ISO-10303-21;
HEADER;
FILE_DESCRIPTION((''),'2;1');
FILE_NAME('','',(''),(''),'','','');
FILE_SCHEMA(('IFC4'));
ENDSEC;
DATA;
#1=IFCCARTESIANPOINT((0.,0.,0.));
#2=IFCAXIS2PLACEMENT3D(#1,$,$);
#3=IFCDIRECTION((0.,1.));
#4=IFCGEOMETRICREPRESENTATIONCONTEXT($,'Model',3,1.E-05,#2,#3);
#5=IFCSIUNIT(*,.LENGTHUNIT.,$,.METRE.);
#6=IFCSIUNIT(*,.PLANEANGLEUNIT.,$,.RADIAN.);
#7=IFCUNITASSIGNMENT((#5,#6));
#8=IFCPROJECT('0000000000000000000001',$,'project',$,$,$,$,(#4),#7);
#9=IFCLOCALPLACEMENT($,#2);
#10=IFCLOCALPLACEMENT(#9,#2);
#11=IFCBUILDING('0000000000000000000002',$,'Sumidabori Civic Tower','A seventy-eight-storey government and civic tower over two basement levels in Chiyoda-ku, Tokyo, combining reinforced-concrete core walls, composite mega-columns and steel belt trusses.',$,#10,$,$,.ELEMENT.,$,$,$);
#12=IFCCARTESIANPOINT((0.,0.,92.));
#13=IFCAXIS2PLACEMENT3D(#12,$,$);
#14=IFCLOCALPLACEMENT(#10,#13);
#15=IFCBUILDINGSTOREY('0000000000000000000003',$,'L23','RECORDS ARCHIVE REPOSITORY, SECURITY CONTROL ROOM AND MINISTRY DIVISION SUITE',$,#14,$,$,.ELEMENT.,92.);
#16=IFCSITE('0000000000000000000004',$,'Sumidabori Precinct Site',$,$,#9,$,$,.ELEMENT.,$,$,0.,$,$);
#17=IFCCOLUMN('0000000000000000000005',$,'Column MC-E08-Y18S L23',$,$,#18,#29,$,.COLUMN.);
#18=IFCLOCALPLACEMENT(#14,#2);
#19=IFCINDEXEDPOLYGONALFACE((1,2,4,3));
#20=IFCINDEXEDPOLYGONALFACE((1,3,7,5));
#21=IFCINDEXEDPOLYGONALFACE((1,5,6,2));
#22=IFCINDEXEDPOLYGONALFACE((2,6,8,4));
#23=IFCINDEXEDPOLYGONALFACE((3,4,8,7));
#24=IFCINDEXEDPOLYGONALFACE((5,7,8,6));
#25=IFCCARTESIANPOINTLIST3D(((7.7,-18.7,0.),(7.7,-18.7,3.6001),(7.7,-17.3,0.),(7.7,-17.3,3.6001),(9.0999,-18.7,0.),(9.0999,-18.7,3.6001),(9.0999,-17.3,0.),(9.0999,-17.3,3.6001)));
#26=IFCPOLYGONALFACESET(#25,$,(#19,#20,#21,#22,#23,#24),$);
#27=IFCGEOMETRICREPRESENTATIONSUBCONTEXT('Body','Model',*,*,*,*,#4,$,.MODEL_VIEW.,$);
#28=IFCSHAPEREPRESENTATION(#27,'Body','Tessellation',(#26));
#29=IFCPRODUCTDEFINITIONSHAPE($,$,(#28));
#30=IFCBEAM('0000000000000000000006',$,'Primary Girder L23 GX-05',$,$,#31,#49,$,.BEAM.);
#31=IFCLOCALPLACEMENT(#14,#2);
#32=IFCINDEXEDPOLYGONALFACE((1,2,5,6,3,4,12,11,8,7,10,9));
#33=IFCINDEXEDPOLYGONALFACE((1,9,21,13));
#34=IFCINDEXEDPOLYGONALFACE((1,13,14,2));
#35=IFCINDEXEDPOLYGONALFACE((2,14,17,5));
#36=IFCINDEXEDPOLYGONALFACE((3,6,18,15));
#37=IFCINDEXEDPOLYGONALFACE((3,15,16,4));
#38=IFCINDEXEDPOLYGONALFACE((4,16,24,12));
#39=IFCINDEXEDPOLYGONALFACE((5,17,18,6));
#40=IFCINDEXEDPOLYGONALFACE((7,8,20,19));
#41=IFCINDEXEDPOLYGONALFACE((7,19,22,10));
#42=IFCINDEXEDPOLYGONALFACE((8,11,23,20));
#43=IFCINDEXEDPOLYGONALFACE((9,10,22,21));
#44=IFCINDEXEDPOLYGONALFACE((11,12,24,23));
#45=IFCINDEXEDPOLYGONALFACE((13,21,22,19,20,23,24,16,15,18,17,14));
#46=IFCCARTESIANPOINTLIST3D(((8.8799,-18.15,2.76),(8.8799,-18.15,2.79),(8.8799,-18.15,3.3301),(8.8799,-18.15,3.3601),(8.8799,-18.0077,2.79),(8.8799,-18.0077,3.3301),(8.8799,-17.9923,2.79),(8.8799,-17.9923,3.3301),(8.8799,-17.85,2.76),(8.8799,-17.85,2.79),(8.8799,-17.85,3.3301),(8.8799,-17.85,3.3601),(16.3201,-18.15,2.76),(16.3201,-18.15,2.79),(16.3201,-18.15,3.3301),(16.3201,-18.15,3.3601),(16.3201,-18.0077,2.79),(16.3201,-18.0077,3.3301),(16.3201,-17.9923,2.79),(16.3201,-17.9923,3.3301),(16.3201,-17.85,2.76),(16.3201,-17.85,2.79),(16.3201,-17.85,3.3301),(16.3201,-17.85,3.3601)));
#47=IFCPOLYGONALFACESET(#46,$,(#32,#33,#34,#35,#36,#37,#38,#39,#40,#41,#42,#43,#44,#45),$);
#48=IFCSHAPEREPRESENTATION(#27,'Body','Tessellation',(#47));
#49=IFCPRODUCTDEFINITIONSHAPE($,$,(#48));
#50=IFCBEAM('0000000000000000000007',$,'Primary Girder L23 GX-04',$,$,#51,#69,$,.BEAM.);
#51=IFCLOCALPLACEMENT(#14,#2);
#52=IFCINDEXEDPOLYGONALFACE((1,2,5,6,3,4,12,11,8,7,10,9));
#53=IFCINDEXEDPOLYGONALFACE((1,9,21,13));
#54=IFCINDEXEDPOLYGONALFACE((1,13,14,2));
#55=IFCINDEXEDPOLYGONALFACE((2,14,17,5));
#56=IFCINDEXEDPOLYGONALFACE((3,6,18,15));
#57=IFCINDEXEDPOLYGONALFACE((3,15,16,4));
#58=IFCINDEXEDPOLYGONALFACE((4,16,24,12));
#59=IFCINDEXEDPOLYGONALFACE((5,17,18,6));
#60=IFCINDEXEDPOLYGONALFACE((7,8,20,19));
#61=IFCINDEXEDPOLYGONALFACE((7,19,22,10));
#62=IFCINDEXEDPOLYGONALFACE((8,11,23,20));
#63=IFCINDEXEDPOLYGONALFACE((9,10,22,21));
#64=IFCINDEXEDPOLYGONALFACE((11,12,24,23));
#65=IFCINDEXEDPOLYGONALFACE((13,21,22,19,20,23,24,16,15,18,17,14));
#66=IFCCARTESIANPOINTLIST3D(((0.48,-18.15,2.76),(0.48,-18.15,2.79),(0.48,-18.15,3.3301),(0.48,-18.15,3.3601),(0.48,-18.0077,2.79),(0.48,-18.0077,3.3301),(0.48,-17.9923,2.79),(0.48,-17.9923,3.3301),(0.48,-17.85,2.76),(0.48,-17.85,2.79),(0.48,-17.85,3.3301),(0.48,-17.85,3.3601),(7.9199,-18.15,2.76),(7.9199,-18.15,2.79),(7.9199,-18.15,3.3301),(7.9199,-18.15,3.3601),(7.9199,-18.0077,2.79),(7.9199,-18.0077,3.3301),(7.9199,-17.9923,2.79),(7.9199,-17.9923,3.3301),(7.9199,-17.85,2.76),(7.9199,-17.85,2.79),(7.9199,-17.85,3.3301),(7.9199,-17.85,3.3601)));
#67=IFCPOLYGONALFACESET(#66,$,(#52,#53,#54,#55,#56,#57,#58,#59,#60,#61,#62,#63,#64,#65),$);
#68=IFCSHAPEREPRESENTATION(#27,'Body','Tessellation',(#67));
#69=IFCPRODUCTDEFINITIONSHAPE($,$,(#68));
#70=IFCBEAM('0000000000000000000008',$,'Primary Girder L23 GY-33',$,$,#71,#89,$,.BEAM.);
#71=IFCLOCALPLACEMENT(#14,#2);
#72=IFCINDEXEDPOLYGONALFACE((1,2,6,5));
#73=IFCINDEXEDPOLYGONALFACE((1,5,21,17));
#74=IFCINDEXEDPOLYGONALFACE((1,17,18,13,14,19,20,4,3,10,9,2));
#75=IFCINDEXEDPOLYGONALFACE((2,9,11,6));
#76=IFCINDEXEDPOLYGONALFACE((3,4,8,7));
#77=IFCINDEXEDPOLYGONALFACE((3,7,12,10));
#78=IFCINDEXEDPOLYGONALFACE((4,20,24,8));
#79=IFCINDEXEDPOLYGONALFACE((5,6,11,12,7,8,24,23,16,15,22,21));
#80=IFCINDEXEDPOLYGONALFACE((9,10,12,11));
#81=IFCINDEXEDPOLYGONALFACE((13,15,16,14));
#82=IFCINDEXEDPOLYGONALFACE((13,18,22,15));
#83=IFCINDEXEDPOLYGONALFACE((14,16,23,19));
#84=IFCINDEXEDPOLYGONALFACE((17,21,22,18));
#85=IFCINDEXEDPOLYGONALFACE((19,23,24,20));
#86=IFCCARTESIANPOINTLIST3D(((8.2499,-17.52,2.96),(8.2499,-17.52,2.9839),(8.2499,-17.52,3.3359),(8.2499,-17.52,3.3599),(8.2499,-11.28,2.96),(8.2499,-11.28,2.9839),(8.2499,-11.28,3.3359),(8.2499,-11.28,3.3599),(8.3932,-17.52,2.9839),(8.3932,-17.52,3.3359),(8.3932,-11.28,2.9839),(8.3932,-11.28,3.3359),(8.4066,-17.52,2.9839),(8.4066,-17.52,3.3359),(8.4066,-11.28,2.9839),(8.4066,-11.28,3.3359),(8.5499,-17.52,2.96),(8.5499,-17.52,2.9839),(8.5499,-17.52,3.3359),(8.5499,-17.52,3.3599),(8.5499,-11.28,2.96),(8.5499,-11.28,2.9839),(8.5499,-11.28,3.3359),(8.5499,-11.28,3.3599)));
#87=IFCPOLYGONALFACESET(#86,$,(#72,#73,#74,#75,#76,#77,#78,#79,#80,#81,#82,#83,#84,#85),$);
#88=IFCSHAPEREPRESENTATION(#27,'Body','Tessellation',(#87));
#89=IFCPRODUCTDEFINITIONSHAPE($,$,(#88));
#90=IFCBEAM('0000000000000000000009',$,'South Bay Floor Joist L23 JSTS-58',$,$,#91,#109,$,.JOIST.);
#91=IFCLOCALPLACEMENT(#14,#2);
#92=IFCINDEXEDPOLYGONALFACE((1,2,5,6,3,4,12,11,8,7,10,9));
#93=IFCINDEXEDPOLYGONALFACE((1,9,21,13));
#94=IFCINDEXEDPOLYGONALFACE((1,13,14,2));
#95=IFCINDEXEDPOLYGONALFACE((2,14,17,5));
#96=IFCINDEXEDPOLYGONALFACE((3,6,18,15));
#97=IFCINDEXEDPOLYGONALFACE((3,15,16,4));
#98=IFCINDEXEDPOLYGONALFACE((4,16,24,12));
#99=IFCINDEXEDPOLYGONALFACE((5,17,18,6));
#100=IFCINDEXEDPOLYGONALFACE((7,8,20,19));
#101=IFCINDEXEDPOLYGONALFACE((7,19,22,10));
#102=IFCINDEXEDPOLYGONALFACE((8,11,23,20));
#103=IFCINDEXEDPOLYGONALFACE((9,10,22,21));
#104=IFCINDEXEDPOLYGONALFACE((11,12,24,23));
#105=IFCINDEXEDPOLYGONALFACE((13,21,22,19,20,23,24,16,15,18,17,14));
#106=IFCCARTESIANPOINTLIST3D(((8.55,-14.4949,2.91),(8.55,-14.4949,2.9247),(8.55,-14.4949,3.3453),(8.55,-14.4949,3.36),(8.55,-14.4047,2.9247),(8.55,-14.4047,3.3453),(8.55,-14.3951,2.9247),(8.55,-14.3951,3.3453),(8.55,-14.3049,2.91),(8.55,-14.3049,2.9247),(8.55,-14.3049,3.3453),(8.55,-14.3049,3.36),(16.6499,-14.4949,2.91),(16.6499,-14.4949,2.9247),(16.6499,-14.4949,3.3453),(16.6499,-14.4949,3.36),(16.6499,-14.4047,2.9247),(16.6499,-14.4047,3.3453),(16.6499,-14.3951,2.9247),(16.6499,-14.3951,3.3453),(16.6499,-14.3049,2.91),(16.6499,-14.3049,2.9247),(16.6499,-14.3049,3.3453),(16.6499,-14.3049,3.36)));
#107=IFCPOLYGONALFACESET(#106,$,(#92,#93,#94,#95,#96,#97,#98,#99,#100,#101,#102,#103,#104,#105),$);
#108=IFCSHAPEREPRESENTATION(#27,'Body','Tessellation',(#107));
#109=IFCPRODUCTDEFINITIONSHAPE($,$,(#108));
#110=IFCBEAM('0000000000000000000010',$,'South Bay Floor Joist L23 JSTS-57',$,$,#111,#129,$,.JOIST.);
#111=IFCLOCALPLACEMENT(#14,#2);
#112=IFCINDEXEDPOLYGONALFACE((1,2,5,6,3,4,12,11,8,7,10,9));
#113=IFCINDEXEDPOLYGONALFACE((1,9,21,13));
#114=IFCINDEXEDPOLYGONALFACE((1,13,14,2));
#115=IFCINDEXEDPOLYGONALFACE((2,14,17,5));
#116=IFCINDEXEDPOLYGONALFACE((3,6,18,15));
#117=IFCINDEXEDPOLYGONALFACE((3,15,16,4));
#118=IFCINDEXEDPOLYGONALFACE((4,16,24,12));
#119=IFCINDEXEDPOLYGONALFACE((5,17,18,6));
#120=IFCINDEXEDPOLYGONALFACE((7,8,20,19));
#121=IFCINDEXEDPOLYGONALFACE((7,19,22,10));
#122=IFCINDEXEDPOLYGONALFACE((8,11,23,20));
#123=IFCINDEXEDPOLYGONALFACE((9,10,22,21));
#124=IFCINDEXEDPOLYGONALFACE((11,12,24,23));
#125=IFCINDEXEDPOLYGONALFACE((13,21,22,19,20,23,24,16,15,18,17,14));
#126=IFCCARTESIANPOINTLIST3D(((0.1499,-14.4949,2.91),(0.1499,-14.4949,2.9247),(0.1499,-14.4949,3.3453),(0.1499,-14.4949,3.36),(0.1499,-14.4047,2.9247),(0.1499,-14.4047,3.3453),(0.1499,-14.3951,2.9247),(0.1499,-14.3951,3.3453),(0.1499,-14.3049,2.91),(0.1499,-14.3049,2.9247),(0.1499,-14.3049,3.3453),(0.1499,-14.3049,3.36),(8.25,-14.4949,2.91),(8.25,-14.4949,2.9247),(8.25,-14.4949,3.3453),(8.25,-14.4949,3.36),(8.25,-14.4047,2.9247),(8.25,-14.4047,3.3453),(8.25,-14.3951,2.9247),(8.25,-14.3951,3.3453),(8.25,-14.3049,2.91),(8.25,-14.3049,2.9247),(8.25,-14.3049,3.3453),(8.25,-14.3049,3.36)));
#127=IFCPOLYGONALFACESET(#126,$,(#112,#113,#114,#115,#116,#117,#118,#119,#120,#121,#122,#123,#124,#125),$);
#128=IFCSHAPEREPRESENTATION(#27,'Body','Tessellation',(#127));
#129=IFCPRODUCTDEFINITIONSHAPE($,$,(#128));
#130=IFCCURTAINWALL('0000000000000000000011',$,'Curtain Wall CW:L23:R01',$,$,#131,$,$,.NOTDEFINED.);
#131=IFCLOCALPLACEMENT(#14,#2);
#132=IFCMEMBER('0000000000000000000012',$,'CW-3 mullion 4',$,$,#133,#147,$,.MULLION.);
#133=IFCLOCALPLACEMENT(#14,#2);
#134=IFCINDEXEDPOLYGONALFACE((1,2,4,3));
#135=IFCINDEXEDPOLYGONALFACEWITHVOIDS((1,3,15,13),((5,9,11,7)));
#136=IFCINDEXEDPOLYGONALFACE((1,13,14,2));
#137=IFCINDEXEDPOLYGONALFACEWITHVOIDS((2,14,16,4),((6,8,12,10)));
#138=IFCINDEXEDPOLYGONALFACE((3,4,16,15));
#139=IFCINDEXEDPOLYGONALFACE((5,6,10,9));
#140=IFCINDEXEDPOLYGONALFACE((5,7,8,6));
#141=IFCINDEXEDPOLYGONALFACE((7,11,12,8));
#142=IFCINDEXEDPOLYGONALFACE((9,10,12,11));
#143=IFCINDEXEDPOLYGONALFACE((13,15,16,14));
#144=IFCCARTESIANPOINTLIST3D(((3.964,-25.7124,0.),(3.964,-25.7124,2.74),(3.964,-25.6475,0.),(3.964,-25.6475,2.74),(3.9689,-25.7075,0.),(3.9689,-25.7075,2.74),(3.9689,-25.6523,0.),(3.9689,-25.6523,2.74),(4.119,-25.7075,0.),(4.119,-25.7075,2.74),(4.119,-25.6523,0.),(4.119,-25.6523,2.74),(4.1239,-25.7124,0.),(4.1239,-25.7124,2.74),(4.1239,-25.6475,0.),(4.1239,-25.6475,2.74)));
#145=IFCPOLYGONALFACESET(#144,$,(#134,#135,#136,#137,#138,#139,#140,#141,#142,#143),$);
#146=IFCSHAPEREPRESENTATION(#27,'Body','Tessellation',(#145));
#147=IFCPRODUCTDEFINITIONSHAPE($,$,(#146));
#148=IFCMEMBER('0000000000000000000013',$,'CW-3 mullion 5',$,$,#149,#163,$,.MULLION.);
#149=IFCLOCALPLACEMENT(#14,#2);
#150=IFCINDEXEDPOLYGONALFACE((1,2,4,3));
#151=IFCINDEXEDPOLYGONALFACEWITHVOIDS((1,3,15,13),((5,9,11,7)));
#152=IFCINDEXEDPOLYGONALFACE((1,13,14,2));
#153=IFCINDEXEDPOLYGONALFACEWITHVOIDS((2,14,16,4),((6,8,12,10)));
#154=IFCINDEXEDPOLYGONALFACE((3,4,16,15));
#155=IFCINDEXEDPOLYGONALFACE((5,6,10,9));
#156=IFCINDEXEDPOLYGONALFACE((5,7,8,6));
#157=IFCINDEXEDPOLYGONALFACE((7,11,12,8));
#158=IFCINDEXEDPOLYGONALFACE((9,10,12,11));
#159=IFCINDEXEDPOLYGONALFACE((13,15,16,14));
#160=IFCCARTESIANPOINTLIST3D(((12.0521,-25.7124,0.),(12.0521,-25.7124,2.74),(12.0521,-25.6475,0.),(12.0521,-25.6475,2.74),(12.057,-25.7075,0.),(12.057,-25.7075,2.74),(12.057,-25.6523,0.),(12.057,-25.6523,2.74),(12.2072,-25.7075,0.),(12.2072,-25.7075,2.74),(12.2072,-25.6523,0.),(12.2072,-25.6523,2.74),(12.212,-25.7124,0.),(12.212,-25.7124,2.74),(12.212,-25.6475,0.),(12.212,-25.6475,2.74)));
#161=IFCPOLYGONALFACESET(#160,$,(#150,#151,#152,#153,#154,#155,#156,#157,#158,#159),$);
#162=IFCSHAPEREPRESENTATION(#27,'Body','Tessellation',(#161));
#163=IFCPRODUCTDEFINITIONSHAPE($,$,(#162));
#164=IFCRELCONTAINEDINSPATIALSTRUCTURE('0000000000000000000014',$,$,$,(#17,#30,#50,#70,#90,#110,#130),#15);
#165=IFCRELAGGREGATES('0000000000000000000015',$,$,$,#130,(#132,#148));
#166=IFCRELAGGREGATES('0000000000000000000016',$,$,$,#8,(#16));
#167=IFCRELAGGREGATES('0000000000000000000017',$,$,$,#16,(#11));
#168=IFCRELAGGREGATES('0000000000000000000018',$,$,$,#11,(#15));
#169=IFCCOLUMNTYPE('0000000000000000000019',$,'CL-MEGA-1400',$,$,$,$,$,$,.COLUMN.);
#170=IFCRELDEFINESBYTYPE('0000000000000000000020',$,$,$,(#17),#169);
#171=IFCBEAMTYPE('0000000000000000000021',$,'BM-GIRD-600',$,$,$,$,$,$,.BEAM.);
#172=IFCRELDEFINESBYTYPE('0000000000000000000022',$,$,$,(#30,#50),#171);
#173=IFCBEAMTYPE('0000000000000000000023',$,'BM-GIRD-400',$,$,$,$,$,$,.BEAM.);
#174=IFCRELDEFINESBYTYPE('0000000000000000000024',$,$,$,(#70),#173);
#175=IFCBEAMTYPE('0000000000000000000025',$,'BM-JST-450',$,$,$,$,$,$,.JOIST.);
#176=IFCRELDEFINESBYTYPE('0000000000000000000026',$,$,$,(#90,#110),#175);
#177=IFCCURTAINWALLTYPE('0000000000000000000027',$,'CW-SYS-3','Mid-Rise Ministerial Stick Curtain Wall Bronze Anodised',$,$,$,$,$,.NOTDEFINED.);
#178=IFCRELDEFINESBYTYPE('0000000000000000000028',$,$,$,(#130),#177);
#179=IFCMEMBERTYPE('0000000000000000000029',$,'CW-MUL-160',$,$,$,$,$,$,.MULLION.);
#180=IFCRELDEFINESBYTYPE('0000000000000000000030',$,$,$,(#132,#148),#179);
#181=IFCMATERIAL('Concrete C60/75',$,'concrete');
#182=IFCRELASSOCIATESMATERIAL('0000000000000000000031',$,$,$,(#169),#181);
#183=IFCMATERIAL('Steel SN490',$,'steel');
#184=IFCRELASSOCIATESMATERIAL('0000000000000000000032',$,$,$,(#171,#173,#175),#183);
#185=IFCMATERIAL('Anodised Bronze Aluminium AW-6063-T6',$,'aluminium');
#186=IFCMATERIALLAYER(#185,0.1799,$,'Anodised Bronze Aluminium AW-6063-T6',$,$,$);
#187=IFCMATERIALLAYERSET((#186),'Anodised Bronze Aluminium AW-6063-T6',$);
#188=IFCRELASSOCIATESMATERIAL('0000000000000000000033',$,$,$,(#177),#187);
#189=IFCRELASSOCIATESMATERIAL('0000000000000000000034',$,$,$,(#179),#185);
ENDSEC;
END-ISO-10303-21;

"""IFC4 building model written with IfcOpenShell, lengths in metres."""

from ifc_helpers import new_model, si_unit, direction, frame, origin, origin_2d, place, context, subcontext, project, spatial, rectangle, hollow_rectangle, i_section, extrude, source, transform, mapped, material, layer, layer_set, material_profile, profile_set, type_object, element, aggregate, save


model = new_model("IFC4")

# Units and contexts
model_context = context("Model", 3, precision=1e-05, world=origin(), true_north=direction((0.0, 1.0)))
body_context = subcontext(model_context, "Body", "Model", "MODEL_VIEW")
ifc_project = project(units=[si_unit("LENGTHUNIT", "METRE"), si_unit("PLANEANGLEUNIT", "RADIAN")], contexts=[model_context])

# Site, building, storey
site_placement = place(None, origin())
site = spatial("IfcSite", under=ifc_project, at=site_placement, Name="Sumidabori Precinct Site", CompositionType="ELEMENT", RefElevation=0.0)
building_placement = place(site_placement, origin())
building = spatial("IfcBuilding", under=site, at=building_placement, Name="Sumidabori Civic Tower", Description="A seventy-eight-storey government and civic tower over two basement levels in Chiyoda-ku, Tokyo, combining reinforced-concrete core walls, composite mega-columns and steel belt trusses.", CompositionType="ELEMENT")
storey_placement = place(building_placement, frame((0.0, 0.0, 92.0)))
storey = spatial("IfcBuildingStorey", under=building, at=storey_placement, Name="L23", Description="RECORDS ARCHIVE REPOSITORY, SECURITY CONTROL ROOM AND MINISTRY DIVISION SUITE", CompositionType="ELEMENT", Elevation=92.0)

# Column
ifc_material_1 = material(Name="Concrete C60/75", Category="concrete")
ifc_material_profile_1 = material_profile(ifc_material_1, rectangle(XDim=1.3999, YDim=1.3999, at=origin_2d()), Name="RC 1400x1400")
ifc_profile_set_1 = profile_set([ifc_material_profile_1], Name="Concrete C60/75")
column_type = type_object("IfcColumnType", Name="CL-MEGA-1400", PredefinedType="COLUMN", material=ifc_profile_set_1)
shared_shape_1 = source(origin(), body_context, "Body", "SweptSolid", [
    extrude(rectangle(XDim=1.3999, YDim=1.3999, at=origin_2d()), origin(), (0.0, 0.0, 1.0), 3.6001),
])
column_placement = place(storey_placement, frame((8.3999, -18.0, 0.0), z_axis=(0.0, 0.0, 1.0), x_axis=(1.0, 0.0, 0.0)))
element("IfcColumn", 1, at=column_placement, inside=storey, type_object=column_type, Name="Column MC-E08-Y18S L23", PredefinedType="COLUMN", context=body_context, shape_type="MappedRepresentation", body=[
    mapped(shared_shape_1, transform((0.0, 0.0, 0.0), x_axis=(1.0, 0.0, 0.0), y_axis=(0.0, 1.0, 0.0), z_axis=(0.0, 0.0, 1.0), scale=1.0)),
])

# Beams
ifc_material_2 = material(Name="Steel SN490", Category="steel")
ifc_material_profile_2 = material_profile(ifc_material_2, i_section(OverallWidth=0.3, OverallDepth=0.6001, WebThickness=0.0154, FlangeThickness=0.03, at=origin_2d()), Name="HE 600 B")
ifc_profile_set_2 = profile_set([ifc_material_profile_2], Name="Steel SN490")
beam_type_1 = type_object("IfcBeamType", Name="BM-GIRD-600", PredefinedType="BEAM", material=ifc_profile_set_2)
shared_shape_2 = source(origin(), body_context, "Body", "SweptSolid", [
    extrude(i_section(OverallWidth=0.3, OverallDepth=0.6001, WebThickness=0.0154, FlangeThickness=0.03, at=origin_2d()), origin(), (0.0, 0.0, 1.0), 7.4402),
])
beam_1_placement = place(storey_placement, frame((8.8799, -18.0, 3.0601), z_axis=(1.0, 0.0, 0.0), x_axis=(0.0, 1.0, 0.0)))
element("IfcBeam", 2, at=beam_1_placement, inside=storey, type_object=beam_type_1, Name="Primary Girder L23 GX-05", PredefinedType="BEAM", context=body_context, shape_type="MappedRepresentation", body=[
    mapped(shared_shape_2, transform((0.0, 0.0, 0.0), x_axis=(1.0, 0.0, 0.0), y_axis=(0.0, 1.0, 0.0), z_axis=(0.0, 0.0, 1.0), scale=1.0)),
])
shared_shape_3 = source(origin(), body_context, "Body", "SweptSolid", [
    extrude(i_section(OverallWidth=0.3, OverallDepth=0.6001, WebThickness=0.0154, FlangeThickness=0.03, at=origin_2d()), origin(), (0.0, 0.0, 1.0), 7.4399),
])
beam_2_placement = place(storey_placement, frame((0.48, -18.0, 3.0601), z_axis=(1.0, 0.0, 0.0), x_axis=(0.0, 1.0, 0.0)))
element("IfcBeam", 3, at=beam_2_placement, inside=storey, type_object=beam_type_1, Name="Primary Girder L23 GX-04", PredefinedType="BEAM", context=body_context, shape_type="MappedRepresentation", body=[
    mapped(shared_shape_3, transform((0.0, 0.0, 0.0), x_axis=(1.0, 0.0, 0.0), y_axis=(0.0, 1.0, 0.0), z_axis=(0.0, 0.0, 1.0), scale=1.0)),
])
ifc_material_profile_3 = material_profile(ifc_material_2, i_section(OverallWidth=0.3, OverallDepth=0.3999, WebThickness=0.0134, FlangeThickness=0.0239, at=origin_2d()), Name="HE 400 B")
ifc_profile_set_3 = profile_set([ifc_material_profile_3], Name="Steel SN490")
beam_type_2 = type_object("IfcBeamType", Name="BM-GIRD-400", PredefinedType="BEAM", material=ifc_profile_set_3)
shared_shape_4 = source(origin(), body_context, "Body", "SweptSolid", [
    extrude(i_section(OverallWidth=0.3, OverallDepth=0.3999, WebThickness=0.0134, FlangeThickness=0.0239, at=origin_2d()), origin(), (0.0, 0.0, 1.0), 6.24),
])
beam_3_placement = place(storey_placement, frame((8.3999, -17.52, 3.1599), z_axis=(0.0, 1.0, 0.0), x_axis=(-1.0, 0.0, 0.0)))
element("IfcBeam", 4, at=beam_3_placement, inside=storey, type_object=beam_type_2, Name="Primary Girder L23 GY-33", PredefinedType="BEAM", context=body_context, shape_type="MappedRepresentation", body=[
    mapped(shared_shape_4, transform((0.0, 0.0, 0.0), x_axis=(1.0, 0.0, 0.0), y_axis=(0.0, 1.0, 0.0), z_axis=(0.0, 0.0, 1.0), scale=1.0)),
])
ifc_material_profile_4 = material_profile(ifc_material_2, i_section(OverallWidth=0.1899, OverallDepth=0.45, WebThickness=0.0095, FlangeThickness=0.0146, at=origin_2d()), Name="IPE 450")
ifc_profile_set_4 = profile_set([ifc_material_profile_4], Name="Steel SN490")
beam_type_3 = type_object("IfcBeamType", Name="BM-JST-450", PredefinedType="JOIST", material=ifc_profile_set_4)
shared_shape_5 = source(origin(), body_context, "Body", "SweptSolid", [
    extrude(i_section(OverallWidth=0.1899, OverallDepth=0.45, WebThickness=0.0095, FlangeThickness=0.0146, at=origin_2d()), origin(), (0.0, 0.0, 1.0), 8.0999),
])
beam_4_placement = place(storey_placement, frame((8.55, -14.3999, 3.135), z_axis=(1.0, 0.0, 0.0), x_axis=(0.0, 1.0, 0.0)))
element("IfcBeam", 5, at=beam_4_placement, inside=storey, type_object=beam_type_3, Name="South Bay Floor Joist L23 JSTS-58", PredefinedType="JOIST", context=body_context, shape_type="MappedRepresentation", body=[
    mapped(shared_shape_5, transform((0.0, 0.0, 0.0), x_axis=(1.0, 0.0, 0.0), y_axis=(0.0, 1.0, 0.0), z_axis=(0.0, 0.0, 1.0), scale=1.0)),
])
shared_shape_6 = source(origin(), body_context, "Body", "SweptSolid", [
    extrude(i_section(OverallWidth=0.1899, OverallDepth=0.45, WebThickness=0.0095, FlangeThickness=0.0146, at=origin_2d()), origin(), (0.0, 0.0, 1.0), 8.1001),
])
beam_5_placement = place(storey_placement, frame((0.1499, -14.3999, 3.135), z_axis=(1.0, 0.0, 0.0), x_axis=(0.0, 1.0, 0.0)))
element("IfcBeam", 6, at=beam_5_placement, inside=storey, type_object=beam_type_3, Name="South Bay Floor Joist L23 JSTS-57", PredefinedType="JOIST", context=body_context, shape_type="MappedRepresentation", body=[
    mapped(shared_shape_6, transform((0.0, 0.0, 0.0), x_axis=(1.0, 0.0, 0.0), y_axis=(0.0, 1.0, 0.0), z_axis=(0.0, 0.0, 1.0), scale=1.0)),
])

# Curtain wall, members
ifc_material_3 = material(Name="Anodised Bronze Aluminium AW-6063-T6", Category="aluminium")
ifc_layer_1 = layer(ifc_material_3, 0.1799, Name="Anodised Bronze Aluminium AW-6063-T6")
ifc_layer_set_1 = layer_set([ifc_layer_1], Name="Anodised Bronze Aluminium AW-6063-T6")
curtain_wall_type = type_object("IfcCurtainWallType", Name="CW-SYS-3", Description="Mid-Rise Ministerial Stick Curtain Wall Bronze Anodised", PredefinedType="NOTDEFINED", material=ifc_layer_set_1)
curtain_wall_placement = place(storey_placement, origin())
curtain_wall = element("IfcCurtainWall", 7, at=curtain_wall_placement, inside=storey, type_object=curtain_wall_type, Name="Curtain Wall CW:L23:R01", PredefinedType="NOTDEFINED")
ifc_material_profile_5 = material_profile(ifc_material_3, hollow_rectangle(XDim=0.0649, YDim=0.1599, WallThickness=0.0049, at=origin_2d()), Name="ALU MULLION 160x65")
ifc_profile_set_5 = profile_set([ifc_material_profile_5], Name="Anodised Bronze Aluminium AW-6063-T6")
member_type_1 = type_object("IfcMemberType", Name="CW-MUL-160", PredefinedType="MULLION", material=ifc_profile_set_5)
shared_shape_7 = source(origin(), body_context, "Body", "SweptSolid", [
    extrude(hollow_rectangle(XDim=0.0649, YDim=0.1599, WallThickness=0.0049, at=origin_2d()), origin(), (0.0, 0.0, 1.0), 2.74),
])
member_1_placement = place(storey_placement, frame((4.0439, -25.6799, 0.0), z_axis=(0.0, 0.0, 1.0), x_axis=(0.0, 1.0, 0.0)))
member_1 = element("IfcMember", 8, at=member_1_placement, type_object=member_type_1, Name="CW-3 mullion 4", PredefinedType="MULLION", context=body_context, shape_type="MappedRepresentation", body=[
    mapped(shared_shape_7, transform((0.0, 0.0, 0.0), x_axis=(1.0, 0.0, 0.0), y_axis=(0.0, 1.0, 0.0), z_axis=(0.0, 0.0, 1.0), scale=1.0)),
])
member_2_placement = place(storey_placement, frame((12.1321, -25.6799, 0.0), z_axis=(0.0, 0.0, 1.0), x_axis=(0.0, 1.0, 0.0)))
member_2 = element("IfcMember", 9, at=member_2_placement, type_object=member_type_1, Name="CW-3 mullion 5", PredefinedType="MULLION", context=body_context, shape_type="MappedRepresentation", body=[
    mapped(shared_shape_7, transform((0.0, 0.0, 0.0), x_axis=(1.0, 0.0, 0.0), y_axis=(0.0, 1.0, 0.0), z_axis=(0.0, 0.0, 1.0), scale=1.0)),
])
aggregate(curtain_wall, [member_1, member_2])

save(model, "model.ifc")
